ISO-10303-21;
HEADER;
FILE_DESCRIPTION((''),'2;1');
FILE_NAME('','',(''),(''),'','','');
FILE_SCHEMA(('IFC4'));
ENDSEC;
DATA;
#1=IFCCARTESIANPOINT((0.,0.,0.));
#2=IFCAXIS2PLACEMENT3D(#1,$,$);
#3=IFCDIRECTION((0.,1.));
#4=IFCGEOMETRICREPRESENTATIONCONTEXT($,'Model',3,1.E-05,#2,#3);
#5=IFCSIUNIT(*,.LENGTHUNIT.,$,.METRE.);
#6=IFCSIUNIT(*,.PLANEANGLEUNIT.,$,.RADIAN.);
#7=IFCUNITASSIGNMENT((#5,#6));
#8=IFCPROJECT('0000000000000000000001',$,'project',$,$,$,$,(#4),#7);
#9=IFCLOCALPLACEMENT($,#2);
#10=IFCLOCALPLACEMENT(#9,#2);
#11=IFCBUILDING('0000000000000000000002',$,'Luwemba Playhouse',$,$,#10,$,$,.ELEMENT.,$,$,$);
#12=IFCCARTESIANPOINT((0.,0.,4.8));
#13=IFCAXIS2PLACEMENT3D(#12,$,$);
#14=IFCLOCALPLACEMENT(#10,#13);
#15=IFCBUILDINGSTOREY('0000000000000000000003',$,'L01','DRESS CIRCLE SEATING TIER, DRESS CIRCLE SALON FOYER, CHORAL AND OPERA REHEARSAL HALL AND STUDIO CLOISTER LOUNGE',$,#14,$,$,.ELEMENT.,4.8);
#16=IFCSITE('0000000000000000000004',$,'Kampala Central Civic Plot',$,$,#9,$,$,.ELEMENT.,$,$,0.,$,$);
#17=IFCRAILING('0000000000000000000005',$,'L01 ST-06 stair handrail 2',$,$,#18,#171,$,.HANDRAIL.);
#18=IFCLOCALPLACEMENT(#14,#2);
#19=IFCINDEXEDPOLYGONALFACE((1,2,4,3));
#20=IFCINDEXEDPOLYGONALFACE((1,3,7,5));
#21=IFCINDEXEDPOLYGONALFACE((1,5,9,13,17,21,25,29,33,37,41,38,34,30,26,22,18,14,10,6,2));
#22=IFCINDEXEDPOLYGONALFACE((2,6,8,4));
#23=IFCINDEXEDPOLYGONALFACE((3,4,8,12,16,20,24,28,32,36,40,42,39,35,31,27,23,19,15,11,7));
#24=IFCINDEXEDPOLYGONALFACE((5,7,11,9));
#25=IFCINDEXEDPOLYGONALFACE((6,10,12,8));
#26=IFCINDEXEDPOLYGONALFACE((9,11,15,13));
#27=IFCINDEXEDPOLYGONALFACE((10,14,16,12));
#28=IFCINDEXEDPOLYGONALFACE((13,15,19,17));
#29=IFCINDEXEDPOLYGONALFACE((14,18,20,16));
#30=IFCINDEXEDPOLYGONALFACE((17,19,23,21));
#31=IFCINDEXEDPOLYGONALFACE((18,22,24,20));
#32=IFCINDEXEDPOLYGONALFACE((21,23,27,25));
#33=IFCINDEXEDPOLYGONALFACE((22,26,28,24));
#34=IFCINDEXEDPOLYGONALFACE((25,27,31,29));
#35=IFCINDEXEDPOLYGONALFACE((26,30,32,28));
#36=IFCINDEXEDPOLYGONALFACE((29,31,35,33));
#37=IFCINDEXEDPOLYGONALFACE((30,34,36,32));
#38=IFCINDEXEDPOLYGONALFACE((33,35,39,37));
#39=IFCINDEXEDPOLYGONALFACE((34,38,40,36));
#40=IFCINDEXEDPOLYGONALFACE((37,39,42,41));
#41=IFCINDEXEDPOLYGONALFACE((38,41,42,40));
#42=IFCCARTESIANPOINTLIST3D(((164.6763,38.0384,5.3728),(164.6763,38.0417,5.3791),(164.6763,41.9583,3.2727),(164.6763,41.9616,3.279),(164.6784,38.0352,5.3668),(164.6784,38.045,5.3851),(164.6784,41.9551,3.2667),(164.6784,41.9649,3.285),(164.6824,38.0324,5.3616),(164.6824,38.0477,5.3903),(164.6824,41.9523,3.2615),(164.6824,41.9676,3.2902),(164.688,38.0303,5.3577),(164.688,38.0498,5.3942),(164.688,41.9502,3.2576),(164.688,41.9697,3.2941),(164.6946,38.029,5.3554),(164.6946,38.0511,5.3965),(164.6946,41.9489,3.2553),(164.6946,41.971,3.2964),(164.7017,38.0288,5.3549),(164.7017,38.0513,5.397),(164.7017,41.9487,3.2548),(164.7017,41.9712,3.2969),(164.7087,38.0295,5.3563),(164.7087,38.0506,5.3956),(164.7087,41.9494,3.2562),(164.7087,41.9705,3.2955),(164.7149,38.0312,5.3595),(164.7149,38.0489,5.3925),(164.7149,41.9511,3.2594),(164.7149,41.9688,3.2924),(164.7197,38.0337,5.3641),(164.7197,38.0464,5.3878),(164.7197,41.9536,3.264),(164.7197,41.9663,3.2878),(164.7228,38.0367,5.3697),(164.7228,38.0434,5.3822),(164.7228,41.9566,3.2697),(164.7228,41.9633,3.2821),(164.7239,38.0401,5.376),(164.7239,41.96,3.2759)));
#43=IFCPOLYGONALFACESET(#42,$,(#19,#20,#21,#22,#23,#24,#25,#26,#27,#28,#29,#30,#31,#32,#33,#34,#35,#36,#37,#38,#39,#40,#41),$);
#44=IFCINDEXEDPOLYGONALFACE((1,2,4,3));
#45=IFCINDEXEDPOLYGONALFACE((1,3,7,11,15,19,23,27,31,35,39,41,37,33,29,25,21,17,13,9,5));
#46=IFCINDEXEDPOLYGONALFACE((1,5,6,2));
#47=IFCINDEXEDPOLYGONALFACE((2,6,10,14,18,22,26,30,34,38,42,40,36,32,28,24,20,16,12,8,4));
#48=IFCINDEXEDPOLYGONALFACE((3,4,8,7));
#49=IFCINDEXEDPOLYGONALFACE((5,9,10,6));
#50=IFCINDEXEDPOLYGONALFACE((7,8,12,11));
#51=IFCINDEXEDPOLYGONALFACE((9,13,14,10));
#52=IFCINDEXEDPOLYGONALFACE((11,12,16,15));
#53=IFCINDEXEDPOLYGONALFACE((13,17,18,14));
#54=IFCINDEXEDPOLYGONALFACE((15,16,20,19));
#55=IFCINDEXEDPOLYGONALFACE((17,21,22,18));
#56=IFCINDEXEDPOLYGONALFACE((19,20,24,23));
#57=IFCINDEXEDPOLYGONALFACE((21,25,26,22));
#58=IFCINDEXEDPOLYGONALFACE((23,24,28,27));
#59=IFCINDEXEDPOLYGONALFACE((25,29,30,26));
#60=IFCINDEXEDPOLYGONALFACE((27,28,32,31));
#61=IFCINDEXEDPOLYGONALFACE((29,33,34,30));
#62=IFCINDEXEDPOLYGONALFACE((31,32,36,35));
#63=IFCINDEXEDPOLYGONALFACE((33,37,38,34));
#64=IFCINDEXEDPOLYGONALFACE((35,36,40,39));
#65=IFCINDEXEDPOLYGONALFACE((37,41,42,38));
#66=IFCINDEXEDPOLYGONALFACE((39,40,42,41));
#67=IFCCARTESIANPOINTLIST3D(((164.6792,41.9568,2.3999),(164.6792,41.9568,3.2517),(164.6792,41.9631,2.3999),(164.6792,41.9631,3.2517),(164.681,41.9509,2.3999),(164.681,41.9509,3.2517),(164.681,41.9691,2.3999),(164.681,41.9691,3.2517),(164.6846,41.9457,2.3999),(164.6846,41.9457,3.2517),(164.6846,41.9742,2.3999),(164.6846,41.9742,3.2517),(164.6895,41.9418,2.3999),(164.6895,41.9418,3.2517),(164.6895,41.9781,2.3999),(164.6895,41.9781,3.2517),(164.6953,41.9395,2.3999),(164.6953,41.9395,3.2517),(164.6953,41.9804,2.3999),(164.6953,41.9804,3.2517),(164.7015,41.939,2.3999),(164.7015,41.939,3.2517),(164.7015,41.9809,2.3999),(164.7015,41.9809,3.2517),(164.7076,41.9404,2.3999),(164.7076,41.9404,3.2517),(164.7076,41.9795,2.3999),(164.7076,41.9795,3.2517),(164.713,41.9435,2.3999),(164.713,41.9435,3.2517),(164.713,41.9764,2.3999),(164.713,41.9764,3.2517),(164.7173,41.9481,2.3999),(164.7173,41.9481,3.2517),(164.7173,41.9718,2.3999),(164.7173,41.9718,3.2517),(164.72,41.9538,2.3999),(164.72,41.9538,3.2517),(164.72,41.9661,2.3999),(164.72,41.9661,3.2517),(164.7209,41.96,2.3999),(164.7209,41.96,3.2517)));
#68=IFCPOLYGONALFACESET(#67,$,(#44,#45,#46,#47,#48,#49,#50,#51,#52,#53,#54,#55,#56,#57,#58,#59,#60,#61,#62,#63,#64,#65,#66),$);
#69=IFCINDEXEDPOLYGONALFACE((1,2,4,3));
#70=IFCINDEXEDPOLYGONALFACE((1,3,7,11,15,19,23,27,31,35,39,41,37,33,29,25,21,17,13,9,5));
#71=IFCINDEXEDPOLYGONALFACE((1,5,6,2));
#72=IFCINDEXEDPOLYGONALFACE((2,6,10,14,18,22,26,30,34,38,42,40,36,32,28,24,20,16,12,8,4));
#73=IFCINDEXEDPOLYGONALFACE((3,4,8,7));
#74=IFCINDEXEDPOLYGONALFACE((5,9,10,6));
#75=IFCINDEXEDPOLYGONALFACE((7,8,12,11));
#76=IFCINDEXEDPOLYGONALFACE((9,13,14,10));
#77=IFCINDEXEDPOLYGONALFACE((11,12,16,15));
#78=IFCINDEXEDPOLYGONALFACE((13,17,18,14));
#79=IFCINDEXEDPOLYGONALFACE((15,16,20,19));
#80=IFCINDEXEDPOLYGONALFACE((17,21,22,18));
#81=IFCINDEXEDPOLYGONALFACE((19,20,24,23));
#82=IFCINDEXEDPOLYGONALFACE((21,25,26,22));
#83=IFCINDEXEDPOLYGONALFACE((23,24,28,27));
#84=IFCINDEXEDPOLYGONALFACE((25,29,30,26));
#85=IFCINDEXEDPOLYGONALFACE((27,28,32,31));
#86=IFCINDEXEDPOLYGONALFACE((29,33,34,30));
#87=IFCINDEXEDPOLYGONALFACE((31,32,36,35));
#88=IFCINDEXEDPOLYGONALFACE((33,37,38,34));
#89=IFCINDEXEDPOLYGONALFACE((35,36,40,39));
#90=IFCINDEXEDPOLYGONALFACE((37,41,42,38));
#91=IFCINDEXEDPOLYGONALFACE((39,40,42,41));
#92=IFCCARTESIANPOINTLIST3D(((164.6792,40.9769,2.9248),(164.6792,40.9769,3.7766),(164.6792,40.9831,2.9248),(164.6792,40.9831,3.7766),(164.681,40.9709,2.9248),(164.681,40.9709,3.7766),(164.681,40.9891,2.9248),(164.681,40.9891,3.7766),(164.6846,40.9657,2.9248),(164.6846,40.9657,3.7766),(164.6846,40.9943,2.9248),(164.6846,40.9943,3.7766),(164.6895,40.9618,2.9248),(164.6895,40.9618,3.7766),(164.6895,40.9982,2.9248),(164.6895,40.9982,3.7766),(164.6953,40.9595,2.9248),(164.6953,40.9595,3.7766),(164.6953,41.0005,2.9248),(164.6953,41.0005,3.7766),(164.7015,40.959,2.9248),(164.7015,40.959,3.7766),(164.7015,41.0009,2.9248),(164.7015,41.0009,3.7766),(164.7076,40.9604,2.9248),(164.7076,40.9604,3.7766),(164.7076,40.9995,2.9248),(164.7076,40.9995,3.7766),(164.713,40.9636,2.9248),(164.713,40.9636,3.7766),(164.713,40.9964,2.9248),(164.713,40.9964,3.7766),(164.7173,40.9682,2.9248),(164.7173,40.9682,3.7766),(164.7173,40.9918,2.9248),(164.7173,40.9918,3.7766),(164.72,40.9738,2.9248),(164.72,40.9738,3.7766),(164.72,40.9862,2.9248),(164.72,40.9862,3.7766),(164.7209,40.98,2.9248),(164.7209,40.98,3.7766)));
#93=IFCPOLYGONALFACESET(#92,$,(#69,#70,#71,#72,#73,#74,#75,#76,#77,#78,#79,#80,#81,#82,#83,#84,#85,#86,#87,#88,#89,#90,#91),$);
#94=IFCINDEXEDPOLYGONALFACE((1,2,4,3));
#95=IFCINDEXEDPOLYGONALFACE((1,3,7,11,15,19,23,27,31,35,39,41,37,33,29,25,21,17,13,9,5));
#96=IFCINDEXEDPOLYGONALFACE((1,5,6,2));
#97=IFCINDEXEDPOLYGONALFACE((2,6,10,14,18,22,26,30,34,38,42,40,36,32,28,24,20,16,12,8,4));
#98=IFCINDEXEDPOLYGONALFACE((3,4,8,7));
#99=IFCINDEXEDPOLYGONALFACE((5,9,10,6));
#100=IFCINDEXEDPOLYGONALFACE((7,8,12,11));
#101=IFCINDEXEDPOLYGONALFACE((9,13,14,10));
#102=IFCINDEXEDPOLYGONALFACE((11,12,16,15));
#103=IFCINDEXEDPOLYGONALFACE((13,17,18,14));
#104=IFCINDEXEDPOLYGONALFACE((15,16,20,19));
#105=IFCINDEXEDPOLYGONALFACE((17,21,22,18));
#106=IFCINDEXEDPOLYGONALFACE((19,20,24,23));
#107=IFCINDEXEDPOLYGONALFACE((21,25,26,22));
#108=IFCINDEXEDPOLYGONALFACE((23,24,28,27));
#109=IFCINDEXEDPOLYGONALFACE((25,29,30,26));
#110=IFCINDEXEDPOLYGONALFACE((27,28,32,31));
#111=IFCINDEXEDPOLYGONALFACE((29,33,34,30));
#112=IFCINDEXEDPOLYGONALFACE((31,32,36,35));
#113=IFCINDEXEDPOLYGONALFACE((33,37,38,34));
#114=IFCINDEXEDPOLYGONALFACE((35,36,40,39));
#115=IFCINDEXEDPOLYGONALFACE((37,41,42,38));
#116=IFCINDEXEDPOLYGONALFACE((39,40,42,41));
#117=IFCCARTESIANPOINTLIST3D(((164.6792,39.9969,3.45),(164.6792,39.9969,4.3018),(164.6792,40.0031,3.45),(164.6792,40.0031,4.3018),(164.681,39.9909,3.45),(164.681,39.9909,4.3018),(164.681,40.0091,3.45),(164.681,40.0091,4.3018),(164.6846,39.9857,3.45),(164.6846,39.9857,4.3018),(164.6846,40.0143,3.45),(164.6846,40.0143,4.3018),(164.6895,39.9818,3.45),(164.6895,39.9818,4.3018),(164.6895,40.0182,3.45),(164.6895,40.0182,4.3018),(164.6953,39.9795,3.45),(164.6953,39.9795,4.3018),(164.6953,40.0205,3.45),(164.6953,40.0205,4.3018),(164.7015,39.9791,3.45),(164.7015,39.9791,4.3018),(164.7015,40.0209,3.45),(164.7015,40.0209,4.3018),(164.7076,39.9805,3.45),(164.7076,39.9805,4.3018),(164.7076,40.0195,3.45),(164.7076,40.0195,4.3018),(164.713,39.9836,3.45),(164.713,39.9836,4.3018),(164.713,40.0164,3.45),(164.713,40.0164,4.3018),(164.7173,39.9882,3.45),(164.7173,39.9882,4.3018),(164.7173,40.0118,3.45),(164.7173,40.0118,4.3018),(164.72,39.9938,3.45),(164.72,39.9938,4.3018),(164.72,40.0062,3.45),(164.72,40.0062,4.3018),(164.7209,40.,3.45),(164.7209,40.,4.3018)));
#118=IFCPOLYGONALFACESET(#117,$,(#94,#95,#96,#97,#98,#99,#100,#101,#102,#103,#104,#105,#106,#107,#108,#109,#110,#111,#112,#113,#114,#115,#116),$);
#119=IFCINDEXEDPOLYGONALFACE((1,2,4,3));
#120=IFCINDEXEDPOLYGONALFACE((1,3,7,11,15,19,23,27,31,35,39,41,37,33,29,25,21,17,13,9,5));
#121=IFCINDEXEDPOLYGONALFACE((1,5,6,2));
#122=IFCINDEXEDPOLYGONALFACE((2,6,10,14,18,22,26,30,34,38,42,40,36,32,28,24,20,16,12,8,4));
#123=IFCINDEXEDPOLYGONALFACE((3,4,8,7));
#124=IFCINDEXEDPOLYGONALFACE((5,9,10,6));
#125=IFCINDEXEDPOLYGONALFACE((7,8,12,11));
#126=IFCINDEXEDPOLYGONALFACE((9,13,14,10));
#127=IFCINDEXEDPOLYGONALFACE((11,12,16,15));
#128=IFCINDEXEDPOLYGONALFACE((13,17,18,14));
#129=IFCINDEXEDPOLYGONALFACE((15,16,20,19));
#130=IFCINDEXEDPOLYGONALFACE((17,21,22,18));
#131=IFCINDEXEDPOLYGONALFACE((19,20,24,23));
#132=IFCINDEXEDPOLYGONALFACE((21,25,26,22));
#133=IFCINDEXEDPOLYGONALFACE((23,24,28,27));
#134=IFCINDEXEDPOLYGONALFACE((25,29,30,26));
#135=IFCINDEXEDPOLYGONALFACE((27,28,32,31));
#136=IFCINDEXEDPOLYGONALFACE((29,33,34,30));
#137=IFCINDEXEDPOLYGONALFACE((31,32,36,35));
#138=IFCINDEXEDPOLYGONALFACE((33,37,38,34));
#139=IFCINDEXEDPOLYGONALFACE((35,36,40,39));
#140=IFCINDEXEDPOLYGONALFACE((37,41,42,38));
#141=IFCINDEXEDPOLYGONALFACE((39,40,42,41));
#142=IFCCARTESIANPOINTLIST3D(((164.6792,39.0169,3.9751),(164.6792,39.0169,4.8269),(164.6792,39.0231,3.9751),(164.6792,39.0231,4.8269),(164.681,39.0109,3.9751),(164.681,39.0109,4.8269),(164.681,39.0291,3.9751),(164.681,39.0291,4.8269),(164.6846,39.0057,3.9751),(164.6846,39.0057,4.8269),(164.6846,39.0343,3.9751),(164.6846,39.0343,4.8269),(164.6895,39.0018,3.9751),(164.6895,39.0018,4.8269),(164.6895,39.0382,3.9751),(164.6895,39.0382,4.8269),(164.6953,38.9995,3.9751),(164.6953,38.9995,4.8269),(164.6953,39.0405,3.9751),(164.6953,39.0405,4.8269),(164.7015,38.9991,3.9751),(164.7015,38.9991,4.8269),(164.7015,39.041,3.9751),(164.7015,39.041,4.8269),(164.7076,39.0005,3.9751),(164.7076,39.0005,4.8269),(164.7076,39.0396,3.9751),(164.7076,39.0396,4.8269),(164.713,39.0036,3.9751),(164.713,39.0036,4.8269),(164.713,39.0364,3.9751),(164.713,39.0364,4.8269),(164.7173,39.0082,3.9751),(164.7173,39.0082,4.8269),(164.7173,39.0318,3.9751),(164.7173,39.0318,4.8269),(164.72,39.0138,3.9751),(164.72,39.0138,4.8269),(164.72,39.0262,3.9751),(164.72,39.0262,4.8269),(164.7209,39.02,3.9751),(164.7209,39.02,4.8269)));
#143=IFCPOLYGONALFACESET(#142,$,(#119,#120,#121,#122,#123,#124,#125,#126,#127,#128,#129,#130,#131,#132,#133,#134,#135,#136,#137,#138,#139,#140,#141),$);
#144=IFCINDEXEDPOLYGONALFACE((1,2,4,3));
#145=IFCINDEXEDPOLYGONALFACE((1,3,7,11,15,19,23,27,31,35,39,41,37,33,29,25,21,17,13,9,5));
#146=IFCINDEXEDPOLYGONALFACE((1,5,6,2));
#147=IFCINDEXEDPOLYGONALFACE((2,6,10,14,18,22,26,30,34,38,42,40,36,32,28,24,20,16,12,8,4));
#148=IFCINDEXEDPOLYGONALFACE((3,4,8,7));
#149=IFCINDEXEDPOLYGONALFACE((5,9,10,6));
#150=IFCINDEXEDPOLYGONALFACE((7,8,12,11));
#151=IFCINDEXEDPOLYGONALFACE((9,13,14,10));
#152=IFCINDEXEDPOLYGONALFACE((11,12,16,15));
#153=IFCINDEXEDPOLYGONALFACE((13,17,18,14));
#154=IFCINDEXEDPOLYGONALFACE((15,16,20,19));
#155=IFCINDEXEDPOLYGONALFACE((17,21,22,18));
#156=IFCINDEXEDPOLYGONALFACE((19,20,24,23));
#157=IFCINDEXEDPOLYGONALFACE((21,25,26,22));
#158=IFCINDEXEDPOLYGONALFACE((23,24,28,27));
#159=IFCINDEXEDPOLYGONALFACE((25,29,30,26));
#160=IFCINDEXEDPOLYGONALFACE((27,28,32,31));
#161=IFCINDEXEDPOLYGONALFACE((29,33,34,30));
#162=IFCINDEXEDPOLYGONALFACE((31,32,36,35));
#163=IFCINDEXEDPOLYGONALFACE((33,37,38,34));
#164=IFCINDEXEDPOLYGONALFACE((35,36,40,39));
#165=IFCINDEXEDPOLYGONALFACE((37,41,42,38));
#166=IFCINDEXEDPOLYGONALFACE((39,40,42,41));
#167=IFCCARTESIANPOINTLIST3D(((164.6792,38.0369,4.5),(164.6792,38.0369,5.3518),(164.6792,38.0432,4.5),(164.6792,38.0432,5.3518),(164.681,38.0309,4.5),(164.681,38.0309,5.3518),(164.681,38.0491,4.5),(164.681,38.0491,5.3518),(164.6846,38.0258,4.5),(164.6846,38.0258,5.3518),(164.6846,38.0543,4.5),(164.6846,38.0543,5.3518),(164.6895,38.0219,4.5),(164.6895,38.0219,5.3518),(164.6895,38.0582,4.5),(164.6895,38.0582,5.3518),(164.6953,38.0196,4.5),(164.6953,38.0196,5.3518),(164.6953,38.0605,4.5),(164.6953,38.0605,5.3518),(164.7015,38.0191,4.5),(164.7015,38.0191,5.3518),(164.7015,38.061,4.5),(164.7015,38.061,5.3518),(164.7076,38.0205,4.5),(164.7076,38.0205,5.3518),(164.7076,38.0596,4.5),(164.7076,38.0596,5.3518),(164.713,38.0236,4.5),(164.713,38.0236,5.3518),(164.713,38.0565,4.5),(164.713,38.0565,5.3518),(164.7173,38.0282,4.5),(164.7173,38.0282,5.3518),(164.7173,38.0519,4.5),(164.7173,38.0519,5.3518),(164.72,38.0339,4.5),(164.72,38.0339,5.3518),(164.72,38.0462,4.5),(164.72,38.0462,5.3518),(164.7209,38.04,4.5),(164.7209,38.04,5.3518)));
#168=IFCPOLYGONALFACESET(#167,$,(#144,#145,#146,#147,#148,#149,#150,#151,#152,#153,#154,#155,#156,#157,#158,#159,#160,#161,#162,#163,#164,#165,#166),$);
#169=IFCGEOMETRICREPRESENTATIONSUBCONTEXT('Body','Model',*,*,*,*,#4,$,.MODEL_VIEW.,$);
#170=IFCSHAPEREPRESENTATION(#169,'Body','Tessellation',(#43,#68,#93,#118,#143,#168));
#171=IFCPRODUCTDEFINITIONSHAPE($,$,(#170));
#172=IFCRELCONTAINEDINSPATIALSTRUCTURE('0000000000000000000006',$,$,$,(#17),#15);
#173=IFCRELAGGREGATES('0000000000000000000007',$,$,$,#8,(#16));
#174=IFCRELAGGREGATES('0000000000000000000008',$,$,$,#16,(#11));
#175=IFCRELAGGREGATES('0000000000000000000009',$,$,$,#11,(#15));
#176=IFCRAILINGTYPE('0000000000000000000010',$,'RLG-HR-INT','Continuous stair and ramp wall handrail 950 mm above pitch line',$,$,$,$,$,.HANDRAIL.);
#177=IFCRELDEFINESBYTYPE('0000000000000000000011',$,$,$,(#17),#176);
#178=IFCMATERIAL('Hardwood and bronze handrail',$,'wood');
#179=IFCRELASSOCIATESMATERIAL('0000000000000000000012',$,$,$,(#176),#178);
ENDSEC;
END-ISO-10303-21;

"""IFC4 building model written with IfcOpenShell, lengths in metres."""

from ifc_helpers import new_model, si_unit, direction, frame, origin, origin_2d, place, context, subcontext, project, spatial, circle, extrude, material, type_object, element, save


model = new_model("IFC4")

# Units and contexts
model_context = context("Model", 3, precision=1e-05, world=origin(), true_north=direction((0.0, 1.0)))
body_context = subcontext(model_context, "Body", "Model", "MODEL_VIEW")
ifc_project = project(units=[si_unit("LENGTHUNIT", "METRE"), si_unit("PLANEANGLEUNIT", "RADIAN")], contexts=[model_context])

# Site, building, storey
site_placement = place(None, origin())
site = spatial("IfcSite", under=ifc_project, at=site_placement, Name="Kampala Central Civic Plot", CompositionType="ELEMENT", RefElevation=0.0)
building_placement = place(site_placement, origin())
building = spatial("IfcBuilding", under=site, at=building_placement, Name="Luwemba Playhouse", CompositionType="ELEMENT")
storey_placement = place(building_placement, frame((0.0, 0.0, 4.8)))
storey = spatial("IfcBuildingStorey", under=building, at=storey_placement, Name="L01", Description="DRESS CIRCLE SEATING TIER, DRESS CIRCLE SALON FOYER, CHORAL AND OPERA REHEARSAL HALL AND STUDIO CLOISTER LOUNGE", CompositionType="ELEMENT", Elevation=4.8)

# Railing
ifc_material_1 = material(Name="Hardwood and bronze handrail", Category="wood")
railing_type_1 = type_object("IfcRailingType", Name="RLG-HR-INT", Description="Continuous stair and ramp wall handrail 950 mm above pitch line", PredefinedType="HANDRAIL", material=ifc_material_1)
railing_1_placement = place(storey_placement, frame((164.7, 41.96, 2.3999)))
element("IfcRailing", 1, at=railing_1_placement, inside=storey, type_object=railing_type_1, Name="L01 ST-06 stair handrail 2", PredefinedType="HANDRAIL", context=body_context, shape_type="SweptSolid", body=[
    extrude(circle(Radius=0.0239, at=origin_2d()), frame((0.0, 0.0, 0.876), z_axis=(0.0, -0.881467, 0.472246), x_axis=(1.0, 0.0, 0.0)), (0.0, 0.0, 1.0), 4.447),
    extrude(circle(Radius=0.021, at=origin_2d()), origin(), (0.0, 0.0, 1.0), 0.8518),
    extrude(circle(Radius=0.021, at=origin_2d()), frame((0.0, -0.98, 0.5249)), (0.0, 0.0, 1.0), 0.8518),
    extrude(circle(Radius=0.021, at=origin_2d()), frame((0.0, -1.96, 1.05)), (0.0, 0.0, 1.0), 0.8518),
    extrude(circle(Radius=0.021, at=origin_2d()), frame((0.0, -2.9399, 1.5752)), (0.0, 0.0, 1.0), 0.8518),
    extrude(circle(Radius=0.021, at=origin_2d()), frame((0.0, -3.9199, 2.1001)), (0.0, 0.0, 1.0), 0.8518),
])

save(model, "model.ifc")
